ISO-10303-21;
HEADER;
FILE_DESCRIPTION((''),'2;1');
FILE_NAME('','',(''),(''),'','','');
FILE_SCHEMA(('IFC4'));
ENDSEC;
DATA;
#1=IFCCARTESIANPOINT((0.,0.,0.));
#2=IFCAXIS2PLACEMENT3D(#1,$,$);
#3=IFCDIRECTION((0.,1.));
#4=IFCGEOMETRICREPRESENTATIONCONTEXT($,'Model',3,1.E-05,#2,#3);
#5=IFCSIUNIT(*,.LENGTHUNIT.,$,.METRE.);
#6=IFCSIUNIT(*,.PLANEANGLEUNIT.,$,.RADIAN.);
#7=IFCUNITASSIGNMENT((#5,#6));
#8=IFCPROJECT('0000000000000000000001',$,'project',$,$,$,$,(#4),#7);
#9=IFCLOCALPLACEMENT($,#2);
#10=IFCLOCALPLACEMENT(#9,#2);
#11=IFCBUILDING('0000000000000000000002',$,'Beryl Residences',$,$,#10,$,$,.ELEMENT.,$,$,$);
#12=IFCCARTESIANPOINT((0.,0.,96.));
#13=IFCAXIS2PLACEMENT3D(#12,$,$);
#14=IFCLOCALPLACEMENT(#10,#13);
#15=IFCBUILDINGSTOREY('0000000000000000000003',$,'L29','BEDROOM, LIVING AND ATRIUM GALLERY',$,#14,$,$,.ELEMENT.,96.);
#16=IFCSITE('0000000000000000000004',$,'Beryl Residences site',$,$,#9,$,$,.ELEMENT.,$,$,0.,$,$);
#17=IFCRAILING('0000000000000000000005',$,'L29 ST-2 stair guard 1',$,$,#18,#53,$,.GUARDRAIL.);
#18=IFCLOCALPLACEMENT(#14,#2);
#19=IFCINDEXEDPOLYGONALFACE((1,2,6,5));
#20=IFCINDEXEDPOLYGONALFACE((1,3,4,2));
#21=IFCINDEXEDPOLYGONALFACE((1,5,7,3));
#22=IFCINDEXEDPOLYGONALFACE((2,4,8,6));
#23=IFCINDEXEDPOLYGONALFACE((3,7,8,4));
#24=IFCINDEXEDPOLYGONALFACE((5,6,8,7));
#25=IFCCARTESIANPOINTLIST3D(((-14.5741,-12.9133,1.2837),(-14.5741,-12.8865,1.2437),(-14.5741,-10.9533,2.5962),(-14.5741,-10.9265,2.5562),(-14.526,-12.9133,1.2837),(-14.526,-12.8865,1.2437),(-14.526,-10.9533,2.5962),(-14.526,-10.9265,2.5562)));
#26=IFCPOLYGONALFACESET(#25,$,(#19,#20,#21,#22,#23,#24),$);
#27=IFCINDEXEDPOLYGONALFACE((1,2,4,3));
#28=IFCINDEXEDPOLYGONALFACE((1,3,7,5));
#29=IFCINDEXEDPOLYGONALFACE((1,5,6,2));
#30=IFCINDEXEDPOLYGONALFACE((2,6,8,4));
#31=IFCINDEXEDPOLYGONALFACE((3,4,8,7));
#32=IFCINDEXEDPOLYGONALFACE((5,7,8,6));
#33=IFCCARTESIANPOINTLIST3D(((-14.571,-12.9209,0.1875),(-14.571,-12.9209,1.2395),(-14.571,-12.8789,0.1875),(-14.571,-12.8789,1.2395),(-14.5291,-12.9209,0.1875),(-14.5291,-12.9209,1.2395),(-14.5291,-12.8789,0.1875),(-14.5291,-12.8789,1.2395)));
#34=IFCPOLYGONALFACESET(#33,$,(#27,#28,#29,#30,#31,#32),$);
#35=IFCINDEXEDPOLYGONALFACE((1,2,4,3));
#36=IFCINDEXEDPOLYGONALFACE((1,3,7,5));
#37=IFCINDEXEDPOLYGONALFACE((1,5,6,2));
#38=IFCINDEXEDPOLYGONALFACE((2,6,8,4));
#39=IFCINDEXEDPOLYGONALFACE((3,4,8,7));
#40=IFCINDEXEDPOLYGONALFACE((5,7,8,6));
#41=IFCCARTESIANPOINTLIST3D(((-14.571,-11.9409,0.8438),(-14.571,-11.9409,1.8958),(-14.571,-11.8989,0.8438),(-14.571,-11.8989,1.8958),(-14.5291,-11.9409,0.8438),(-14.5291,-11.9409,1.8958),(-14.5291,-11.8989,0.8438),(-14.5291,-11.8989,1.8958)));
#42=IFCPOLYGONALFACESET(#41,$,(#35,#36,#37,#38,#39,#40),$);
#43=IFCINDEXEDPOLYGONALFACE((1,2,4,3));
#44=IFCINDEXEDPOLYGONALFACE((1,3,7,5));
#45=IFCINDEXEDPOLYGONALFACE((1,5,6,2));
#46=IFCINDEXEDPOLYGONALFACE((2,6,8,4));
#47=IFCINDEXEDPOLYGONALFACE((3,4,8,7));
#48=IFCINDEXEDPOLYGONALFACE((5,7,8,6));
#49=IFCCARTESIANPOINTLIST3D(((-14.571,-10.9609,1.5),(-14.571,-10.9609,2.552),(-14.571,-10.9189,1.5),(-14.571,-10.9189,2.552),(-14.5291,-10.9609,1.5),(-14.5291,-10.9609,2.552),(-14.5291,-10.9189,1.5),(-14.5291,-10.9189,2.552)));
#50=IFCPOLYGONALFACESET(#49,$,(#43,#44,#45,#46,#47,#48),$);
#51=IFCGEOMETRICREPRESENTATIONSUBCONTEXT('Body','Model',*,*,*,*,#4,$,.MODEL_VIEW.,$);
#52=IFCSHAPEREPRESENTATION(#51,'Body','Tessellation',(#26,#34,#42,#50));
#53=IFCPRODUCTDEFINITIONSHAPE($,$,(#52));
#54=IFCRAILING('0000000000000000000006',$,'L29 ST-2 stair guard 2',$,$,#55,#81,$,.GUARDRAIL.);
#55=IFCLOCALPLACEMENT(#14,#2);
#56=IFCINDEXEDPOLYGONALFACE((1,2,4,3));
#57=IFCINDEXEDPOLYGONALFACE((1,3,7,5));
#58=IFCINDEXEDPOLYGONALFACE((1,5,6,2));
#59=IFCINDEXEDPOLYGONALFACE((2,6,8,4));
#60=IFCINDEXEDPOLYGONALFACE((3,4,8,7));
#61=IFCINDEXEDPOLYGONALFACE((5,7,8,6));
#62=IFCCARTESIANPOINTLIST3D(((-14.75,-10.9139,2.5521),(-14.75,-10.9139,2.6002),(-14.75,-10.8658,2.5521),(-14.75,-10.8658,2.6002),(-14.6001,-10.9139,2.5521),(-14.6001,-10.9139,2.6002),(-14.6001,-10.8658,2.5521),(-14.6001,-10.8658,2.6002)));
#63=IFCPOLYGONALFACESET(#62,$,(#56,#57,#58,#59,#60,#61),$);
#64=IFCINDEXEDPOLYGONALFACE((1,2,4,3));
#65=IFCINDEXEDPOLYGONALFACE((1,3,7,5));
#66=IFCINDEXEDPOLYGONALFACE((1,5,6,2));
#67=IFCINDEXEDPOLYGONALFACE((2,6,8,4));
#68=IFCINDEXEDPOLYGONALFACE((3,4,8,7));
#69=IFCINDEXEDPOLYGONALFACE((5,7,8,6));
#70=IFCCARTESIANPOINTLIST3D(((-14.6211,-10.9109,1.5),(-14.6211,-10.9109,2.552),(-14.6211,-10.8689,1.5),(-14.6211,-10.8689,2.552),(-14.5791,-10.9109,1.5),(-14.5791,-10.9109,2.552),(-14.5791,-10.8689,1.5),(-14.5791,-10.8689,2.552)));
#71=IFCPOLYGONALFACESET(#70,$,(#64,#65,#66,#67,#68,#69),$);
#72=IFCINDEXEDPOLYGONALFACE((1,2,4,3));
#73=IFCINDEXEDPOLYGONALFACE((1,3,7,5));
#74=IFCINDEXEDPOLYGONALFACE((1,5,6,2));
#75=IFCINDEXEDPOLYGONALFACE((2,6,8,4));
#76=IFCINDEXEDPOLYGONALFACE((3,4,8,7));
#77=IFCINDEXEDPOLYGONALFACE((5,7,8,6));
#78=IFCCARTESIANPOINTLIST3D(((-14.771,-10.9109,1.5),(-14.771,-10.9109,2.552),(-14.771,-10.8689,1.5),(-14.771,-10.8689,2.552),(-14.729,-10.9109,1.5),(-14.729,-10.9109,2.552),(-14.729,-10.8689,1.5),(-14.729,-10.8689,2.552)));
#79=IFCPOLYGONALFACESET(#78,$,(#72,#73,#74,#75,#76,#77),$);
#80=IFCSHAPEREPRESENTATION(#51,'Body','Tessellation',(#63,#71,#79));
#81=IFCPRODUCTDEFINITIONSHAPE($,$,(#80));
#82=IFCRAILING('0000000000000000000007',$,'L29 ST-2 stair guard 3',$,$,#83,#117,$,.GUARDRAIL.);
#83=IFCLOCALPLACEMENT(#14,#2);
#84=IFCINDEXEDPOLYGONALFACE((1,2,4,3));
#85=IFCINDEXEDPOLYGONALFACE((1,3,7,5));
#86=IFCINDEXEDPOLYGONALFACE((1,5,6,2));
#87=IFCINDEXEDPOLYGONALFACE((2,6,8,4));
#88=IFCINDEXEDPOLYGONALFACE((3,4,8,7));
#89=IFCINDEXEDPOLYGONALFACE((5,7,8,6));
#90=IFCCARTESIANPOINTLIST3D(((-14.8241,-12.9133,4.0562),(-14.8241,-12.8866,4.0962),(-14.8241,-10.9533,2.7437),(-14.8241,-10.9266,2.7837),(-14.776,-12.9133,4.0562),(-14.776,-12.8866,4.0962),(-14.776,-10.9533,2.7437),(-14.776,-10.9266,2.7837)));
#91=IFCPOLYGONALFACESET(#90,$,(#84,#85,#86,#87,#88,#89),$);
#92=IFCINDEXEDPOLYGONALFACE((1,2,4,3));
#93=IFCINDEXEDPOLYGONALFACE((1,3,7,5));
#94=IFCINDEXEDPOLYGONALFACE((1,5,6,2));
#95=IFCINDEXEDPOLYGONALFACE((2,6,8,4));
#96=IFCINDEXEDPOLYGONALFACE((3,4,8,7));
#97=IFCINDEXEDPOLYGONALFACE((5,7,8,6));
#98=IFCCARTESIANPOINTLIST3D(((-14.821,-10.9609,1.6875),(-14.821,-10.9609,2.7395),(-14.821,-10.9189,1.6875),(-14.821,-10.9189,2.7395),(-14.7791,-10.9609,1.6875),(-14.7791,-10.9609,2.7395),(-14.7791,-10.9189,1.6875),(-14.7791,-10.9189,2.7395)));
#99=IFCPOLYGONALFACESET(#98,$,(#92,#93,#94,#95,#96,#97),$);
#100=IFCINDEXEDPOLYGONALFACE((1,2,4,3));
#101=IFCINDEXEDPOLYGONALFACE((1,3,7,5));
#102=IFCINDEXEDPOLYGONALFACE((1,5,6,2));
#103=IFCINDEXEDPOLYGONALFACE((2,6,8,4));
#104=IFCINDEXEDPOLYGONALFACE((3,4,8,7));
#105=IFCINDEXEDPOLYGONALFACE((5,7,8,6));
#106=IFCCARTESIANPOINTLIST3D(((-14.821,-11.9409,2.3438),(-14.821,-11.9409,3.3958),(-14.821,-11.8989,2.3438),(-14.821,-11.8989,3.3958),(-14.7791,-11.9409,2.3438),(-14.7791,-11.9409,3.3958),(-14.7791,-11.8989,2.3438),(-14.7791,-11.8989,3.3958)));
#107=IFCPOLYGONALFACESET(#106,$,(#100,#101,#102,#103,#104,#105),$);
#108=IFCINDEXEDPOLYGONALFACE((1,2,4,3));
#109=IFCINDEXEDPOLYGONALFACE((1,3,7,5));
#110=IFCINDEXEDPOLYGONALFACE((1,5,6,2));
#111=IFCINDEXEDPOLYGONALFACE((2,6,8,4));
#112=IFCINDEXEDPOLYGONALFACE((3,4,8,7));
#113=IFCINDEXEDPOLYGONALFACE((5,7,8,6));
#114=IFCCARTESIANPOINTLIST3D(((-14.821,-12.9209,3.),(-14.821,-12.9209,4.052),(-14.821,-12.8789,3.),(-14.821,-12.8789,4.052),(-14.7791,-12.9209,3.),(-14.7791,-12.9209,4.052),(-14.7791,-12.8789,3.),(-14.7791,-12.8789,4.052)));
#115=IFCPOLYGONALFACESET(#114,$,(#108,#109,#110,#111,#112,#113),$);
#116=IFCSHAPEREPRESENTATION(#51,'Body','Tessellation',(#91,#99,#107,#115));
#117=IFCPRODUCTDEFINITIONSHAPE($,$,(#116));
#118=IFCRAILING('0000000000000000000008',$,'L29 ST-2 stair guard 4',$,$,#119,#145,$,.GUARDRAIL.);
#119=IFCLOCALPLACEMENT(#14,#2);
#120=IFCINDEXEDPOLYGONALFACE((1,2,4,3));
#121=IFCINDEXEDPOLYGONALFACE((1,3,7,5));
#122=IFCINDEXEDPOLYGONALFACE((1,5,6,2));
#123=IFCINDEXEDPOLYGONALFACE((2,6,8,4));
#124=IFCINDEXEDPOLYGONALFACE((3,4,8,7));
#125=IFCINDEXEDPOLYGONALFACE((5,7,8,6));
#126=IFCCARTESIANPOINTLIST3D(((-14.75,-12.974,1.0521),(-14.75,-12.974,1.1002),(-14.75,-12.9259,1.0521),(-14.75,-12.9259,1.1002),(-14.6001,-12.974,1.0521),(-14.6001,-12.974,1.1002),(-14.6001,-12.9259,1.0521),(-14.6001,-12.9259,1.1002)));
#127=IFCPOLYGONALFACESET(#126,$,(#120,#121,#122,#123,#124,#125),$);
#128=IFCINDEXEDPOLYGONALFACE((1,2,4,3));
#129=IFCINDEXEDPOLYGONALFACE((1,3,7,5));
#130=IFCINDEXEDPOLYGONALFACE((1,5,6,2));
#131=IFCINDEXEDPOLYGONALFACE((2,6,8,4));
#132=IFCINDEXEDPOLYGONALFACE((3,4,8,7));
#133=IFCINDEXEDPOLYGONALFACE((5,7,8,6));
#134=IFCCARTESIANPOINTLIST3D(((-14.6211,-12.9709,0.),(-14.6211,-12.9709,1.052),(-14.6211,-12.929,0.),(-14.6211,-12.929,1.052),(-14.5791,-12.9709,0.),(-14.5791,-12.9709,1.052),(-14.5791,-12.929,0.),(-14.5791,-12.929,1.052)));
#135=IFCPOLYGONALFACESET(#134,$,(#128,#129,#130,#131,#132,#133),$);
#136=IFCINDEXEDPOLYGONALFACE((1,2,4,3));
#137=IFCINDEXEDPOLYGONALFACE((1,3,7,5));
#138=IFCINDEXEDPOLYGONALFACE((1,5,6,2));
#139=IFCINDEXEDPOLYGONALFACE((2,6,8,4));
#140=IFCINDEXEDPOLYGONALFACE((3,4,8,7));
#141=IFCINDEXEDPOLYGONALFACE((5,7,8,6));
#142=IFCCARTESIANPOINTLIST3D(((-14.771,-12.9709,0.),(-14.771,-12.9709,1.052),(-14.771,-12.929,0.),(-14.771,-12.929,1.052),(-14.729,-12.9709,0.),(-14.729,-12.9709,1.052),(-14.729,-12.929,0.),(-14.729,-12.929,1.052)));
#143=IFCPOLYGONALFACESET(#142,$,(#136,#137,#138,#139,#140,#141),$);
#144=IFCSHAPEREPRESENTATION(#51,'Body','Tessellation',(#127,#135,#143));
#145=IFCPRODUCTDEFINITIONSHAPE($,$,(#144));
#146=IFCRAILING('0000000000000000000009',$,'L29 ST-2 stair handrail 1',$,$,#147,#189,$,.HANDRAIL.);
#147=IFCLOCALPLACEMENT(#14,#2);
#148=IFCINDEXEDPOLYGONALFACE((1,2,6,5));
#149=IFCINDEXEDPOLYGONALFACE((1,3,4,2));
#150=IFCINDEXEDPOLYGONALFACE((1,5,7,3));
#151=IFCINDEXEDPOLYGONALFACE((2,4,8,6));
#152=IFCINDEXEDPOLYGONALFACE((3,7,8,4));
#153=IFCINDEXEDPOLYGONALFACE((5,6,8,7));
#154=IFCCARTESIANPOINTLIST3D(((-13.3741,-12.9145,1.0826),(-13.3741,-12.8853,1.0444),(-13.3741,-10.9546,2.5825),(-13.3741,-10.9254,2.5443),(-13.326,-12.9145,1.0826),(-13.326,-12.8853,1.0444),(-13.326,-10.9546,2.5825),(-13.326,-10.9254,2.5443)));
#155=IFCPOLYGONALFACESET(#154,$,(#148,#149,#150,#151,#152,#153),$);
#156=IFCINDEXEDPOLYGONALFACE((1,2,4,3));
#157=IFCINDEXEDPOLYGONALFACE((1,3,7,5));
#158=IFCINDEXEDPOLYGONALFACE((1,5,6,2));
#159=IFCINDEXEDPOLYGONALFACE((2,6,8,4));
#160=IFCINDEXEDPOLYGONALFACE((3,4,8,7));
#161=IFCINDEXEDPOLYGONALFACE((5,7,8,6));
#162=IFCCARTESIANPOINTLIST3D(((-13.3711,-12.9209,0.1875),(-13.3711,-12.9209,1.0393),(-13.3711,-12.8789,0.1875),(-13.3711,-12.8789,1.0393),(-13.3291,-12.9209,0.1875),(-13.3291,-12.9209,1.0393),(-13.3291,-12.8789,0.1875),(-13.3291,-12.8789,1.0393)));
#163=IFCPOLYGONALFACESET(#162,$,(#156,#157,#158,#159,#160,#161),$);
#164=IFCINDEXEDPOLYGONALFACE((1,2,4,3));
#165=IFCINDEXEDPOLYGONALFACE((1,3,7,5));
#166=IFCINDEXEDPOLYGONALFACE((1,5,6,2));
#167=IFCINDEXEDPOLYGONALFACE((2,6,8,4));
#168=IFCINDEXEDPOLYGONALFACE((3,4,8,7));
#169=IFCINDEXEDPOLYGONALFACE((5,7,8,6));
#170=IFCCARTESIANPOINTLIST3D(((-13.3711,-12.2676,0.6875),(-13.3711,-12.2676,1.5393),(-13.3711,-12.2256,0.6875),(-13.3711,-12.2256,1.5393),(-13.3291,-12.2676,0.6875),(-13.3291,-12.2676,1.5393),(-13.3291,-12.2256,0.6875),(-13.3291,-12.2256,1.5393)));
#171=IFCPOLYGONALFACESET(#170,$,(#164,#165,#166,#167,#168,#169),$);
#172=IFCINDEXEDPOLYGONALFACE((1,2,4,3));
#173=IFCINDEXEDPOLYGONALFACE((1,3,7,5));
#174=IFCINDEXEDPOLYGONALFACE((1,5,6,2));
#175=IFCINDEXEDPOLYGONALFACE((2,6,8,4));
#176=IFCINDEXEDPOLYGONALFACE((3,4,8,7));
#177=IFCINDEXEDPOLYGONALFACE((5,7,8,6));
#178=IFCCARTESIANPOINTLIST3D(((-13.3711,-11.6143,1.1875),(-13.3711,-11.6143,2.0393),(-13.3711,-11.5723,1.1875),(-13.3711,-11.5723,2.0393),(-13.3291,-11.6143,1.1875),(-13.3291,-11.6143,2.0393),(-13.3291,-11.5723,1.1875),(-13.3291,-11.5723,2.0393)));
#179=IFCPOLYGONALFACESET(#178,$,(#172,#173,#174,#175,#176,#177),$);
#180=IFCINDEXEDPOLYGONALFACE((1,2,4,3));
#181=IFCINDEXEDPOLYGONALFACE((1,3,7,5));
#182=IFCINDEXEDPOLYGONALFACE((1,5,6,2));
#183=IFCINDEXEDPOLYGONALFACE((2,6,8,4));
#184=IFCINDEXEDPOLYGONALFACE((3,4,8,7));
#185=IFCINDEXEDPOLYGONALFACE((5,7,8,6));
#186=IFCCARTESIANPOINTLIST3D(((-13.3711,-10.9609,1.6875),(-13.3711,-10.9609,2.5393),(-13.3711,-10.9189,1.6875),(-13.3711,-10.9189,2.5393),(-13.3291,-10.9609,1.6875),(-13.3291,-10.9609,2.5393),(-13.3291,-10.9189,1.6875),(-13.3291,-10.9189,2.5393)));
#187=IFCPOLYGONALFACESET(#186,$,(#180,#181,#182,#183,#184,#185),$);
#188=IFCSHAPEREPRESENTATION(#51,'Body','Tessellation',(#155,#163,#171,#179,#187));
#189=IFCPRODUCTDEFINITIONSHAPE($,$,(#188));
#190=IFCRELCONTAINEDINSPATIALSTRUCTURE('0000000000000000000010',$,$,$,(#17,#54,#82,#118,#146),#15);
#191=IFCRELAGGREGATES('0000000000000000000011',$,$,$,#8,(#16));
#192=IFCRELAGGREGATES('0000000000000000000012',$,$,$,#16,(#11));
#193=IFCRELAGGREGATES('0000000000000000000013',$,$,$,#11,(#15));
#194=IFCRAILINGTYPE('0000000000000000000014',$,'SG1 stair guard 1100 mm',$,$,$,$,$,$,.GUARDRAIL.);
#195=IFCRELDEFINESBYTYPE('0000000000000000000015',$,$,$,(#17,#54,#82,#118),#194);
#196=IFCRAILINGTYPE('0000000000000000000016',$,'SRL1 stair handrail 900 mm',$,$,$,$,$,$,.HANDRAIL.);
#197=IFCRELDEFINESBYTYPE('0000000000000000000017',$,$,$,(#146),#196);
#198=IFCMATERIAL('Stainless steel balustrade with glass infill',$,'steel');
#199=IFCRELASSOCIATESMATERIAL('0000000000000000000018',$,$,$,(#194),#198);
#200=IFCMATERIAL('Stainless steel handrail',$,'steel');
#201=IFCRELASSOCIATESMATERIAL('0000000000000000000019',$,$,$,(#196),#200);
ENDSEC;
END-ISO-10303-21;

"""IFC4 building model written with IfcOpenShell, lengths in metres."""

from ifc_helpers import new_model, si_unit, direction, frame, origin, origin_2d, place, context, subcontext, project, spatial, rectangle, extrude, material, type_object, element, save


model = new_model("IFC4")

# Units and contexts
model_context = context("Model", 3, precision=1e-05, world=origin(), true_north=direction((0.0, 1.0)))
body_context = subcontext(model_context, "Body", "Model", "MODEL_VIEW")
ifc_project = project(units=[si_unit("LENGTHUNIT", "METRE"), si_unit("PLANEANGLEUNIT", "RADIAN")], contexts=[model_context])

# Site, building, storey
site_placement = place(None, origin())
site = spatial("IfcSite", under=ifc_project, at=site_placement, Name="Beryl Residences site", CompositionType="ELEMENT", RefElevation=0.0)
building_placement = place(site_placement, origin())
building = spatial("IfcBuilding", under=site, at=building_placement, Name="Beryl Residences", CompositionType="ELEMENT")
storey_placement = place(building_placement, frame((0.0, 0.0, 96.0)))
storey = spatial("IfcBuildingStorey", under=building, at=storey_placement, Name="L29", Description="BEDROOM, LIVING AND ATRIUM GALLERY", CompositionType="ELEMENT", Elevation=96.0)

# Railings
ifc_material_1 = material(Name="Stainless steel balustrade with glass infill", Category="steel")
railing_type_1 = type_object("IfcRailingType", Name="SG1 stair guard 1100 mm", PredefinedType="GUARDRAIL", material=ifc_material_1)
railing_1_placement = place(storey_placement, frame((-14.55, -12.8999, 0.1875)))
element("IfcRailing", 1, at=railing_1_placement, inside=storey, type_object=railing_type_1, Name="L29 ST-2 stair guard 1", PredefinedType="GUARDRAIL", context=body_context, shape_type="SweptSolid", body=[
    extrude(rectangle(XDim=0.0481, YDim=0.0481, at=origin_2d()), frame((0.0, 0.0, 1.0762), z_axis=(0.0, 0.830902, 0.556419), x_axis=(-1.0, 0.0, 0.0)), (0.0, 0.0, 1.0), 2.3589),
    extrude(rectangle(XDim=0.042, YDim=0.042, at=origin_2d()), origin(), (0.0, 0.0, 1.0), 1.052),
    extrude(rectangle(XDim=0.042, YDim=0.042, at=origin_2d()), frame((0.0, 0.98, 0.6562)), (0.0, 0.0, 1.0), 1.052),
    extrude(rectangle(XDim=0.042, YDim=0.042, at=origin_2d()), frame((0.0, 1.96, 1.3125)), (0.0, 0.0, 1.0), 1.052),
])
railing_2_placement = place(storey_placement, frame((-14.6001, -10.8899, 1.5)))
element("IfcRailing", 2, at=railing_2_placement, inside=storey, type_object=railing_type_1, Name="L29 ST-2 stair guard 2", PredefinedType="GUARDRAIL", context=body_context, shape_type="SweptSolid", body=[
    extrude(rectangle(XDim=0.0481, YDim=0.0481, at=origin_2d()), frame((0.0, 0.0, 1.0762), z_axis=(-1.0, 0.0, 0.0), x_axis=(0.0, -1.0, 0.0)), (0.0, 0.0, 1.0), 0.1499),
    extrude(rectangle(XDim=0.042, YDim=0.042, at=origin_2d()), origin(), (0.0, 0.0, 1.0), 1.052),
    extrude(rectangle(XDim=0.042, YDim=0.042, at=origin_2d()), frame((-0.1499, 0.0, 0.0)), (0.0, 0.0, 1.0), 1.052),
])
railing_3_placement = place(storey_placement, frame((-14.8, -10.9399, 1.6875)))
element("IfcRailing", 3, at=railing_3_placement, inside=storey, type_object=railing_type_1, Name="L29 ST-2 stair guard 3", PredefinedType="GUARDRAIL", context=body_context, shape_type="SweptSolid", body=[
    extrude(rectangle(XDim=0.0481, YDim=0.0481, at=origin_2d()), frame((0.0, 0.0, 1.0762), z_axis=(0.0, -0.830902, 0.556419), x_axis=(1.0, 0.0, 0.0)), (0.0, 0.0, 1.0), 2.3589),
    extrude(rectangle(XDim=0.042, YDim=0.042, at=origin_2d()), origin(), (0.0, 0.0, 1.0), 1.052),
    extrude(rectangle(XDim=0.042, YDim=0.042, at=origin_2d()), frame((0.0, -0.98, 0.6562)), (0.0, 0.0, 1.0), 1.052),
    extrude(rectangle(XDim=0.042, YDim=0.042, at=origin_2d()), frame((0.0, -1.96, 1.3125)), (0.0, 0.0, 1.0), 1.052),
])
railing_4_placement = place(storey_placement, frame((-14.6001, -12.95, 0.0)))
element("IfcRailing", 4, at=railing_4_placement, inside=storey, type_object=railing_type_1, Name="L29 ST-2 stair guard 4", PredefinedType="GUARDRAIL", context=body_context, shape_type="SweptSolid", body=[
    extrude(rectangle(XDim=0.0481, YDim=0.0481, at=origin_2d()), frame((0.0, 0.0, 1.0762), z_axis=(-1.0, 0.0, 0.0), x_axis=(0.0, -1.0, 0.0)), (0.0, 0.0, 1.0), 0.1499),
    extrude(rectangle(XDim=0.042, YDim=0.042, at=origin_2d()), origin(), (0.0, 0.0, 1.0), 1.052),
    extrude(rectangle(XDim=0.042, YDim=0.042, at=origin_2d()), frame((-0.1499, 0.0, 0.0)), (0.0, 0.0, 1.0), 1.052),
])
ifc_material_2 = material(Name="Stainless steel handrail", Category="steel")
railing_type_2 = type_object("IfcRailingType", Name="SRL1 stair handrail 900 mm", PredefinedType="HANDRAIL", material=ifc_material_2)
railing_5_placement = place(storey_placement, frame((-13.3501, -12.8999, 0.1875)))
element("IfcRailing", 5, at=railing_5_placement, inside=storey, type_object=railing_type_2, Name="L29 ST-2 stair handrail 1", PredefinedType="HANDRAIL", context=body_context, shape_type="SweptSolid", body=[
    extrude(rectangle(XDim=0.0481, YDim=0.0481, at=origin_2d()), frame((0.0, 0.0, 0.876), z_axis=(0.0, 0.794122, 0.607758), x_axis=(-1.0, 0.0, 0.0)), (0.0, 0.0, 1.0), 2.468),
    extrude(rectangle(XDim=0.042, YDim=0.042, at=origin_2d()), origin(), (0.0, 0.0, 1.0), 0.8518),
    extrude(rectangle(XDim=0.042, YDim=0.042, at=origin_2d()), frame((0.0, 0.6533, 0.5)), (0.0, 0.0, 1.0), 0.8518),
    extrude(rectangle(XDim=0.042, YDim=0.042, at=origin_2d()), frame((0.0, 1.3066, 1.0)), (0.0, 0.0, 1.0), 0.8518),
    extrude(rectangle(XDim=0.042, YDim=0.042, at=origin_2d()), frame((0.0, 1.96, 1.5)), (0.0, 0.0, 1.0), 0.8518),
])

save(model, "model.ifc")
